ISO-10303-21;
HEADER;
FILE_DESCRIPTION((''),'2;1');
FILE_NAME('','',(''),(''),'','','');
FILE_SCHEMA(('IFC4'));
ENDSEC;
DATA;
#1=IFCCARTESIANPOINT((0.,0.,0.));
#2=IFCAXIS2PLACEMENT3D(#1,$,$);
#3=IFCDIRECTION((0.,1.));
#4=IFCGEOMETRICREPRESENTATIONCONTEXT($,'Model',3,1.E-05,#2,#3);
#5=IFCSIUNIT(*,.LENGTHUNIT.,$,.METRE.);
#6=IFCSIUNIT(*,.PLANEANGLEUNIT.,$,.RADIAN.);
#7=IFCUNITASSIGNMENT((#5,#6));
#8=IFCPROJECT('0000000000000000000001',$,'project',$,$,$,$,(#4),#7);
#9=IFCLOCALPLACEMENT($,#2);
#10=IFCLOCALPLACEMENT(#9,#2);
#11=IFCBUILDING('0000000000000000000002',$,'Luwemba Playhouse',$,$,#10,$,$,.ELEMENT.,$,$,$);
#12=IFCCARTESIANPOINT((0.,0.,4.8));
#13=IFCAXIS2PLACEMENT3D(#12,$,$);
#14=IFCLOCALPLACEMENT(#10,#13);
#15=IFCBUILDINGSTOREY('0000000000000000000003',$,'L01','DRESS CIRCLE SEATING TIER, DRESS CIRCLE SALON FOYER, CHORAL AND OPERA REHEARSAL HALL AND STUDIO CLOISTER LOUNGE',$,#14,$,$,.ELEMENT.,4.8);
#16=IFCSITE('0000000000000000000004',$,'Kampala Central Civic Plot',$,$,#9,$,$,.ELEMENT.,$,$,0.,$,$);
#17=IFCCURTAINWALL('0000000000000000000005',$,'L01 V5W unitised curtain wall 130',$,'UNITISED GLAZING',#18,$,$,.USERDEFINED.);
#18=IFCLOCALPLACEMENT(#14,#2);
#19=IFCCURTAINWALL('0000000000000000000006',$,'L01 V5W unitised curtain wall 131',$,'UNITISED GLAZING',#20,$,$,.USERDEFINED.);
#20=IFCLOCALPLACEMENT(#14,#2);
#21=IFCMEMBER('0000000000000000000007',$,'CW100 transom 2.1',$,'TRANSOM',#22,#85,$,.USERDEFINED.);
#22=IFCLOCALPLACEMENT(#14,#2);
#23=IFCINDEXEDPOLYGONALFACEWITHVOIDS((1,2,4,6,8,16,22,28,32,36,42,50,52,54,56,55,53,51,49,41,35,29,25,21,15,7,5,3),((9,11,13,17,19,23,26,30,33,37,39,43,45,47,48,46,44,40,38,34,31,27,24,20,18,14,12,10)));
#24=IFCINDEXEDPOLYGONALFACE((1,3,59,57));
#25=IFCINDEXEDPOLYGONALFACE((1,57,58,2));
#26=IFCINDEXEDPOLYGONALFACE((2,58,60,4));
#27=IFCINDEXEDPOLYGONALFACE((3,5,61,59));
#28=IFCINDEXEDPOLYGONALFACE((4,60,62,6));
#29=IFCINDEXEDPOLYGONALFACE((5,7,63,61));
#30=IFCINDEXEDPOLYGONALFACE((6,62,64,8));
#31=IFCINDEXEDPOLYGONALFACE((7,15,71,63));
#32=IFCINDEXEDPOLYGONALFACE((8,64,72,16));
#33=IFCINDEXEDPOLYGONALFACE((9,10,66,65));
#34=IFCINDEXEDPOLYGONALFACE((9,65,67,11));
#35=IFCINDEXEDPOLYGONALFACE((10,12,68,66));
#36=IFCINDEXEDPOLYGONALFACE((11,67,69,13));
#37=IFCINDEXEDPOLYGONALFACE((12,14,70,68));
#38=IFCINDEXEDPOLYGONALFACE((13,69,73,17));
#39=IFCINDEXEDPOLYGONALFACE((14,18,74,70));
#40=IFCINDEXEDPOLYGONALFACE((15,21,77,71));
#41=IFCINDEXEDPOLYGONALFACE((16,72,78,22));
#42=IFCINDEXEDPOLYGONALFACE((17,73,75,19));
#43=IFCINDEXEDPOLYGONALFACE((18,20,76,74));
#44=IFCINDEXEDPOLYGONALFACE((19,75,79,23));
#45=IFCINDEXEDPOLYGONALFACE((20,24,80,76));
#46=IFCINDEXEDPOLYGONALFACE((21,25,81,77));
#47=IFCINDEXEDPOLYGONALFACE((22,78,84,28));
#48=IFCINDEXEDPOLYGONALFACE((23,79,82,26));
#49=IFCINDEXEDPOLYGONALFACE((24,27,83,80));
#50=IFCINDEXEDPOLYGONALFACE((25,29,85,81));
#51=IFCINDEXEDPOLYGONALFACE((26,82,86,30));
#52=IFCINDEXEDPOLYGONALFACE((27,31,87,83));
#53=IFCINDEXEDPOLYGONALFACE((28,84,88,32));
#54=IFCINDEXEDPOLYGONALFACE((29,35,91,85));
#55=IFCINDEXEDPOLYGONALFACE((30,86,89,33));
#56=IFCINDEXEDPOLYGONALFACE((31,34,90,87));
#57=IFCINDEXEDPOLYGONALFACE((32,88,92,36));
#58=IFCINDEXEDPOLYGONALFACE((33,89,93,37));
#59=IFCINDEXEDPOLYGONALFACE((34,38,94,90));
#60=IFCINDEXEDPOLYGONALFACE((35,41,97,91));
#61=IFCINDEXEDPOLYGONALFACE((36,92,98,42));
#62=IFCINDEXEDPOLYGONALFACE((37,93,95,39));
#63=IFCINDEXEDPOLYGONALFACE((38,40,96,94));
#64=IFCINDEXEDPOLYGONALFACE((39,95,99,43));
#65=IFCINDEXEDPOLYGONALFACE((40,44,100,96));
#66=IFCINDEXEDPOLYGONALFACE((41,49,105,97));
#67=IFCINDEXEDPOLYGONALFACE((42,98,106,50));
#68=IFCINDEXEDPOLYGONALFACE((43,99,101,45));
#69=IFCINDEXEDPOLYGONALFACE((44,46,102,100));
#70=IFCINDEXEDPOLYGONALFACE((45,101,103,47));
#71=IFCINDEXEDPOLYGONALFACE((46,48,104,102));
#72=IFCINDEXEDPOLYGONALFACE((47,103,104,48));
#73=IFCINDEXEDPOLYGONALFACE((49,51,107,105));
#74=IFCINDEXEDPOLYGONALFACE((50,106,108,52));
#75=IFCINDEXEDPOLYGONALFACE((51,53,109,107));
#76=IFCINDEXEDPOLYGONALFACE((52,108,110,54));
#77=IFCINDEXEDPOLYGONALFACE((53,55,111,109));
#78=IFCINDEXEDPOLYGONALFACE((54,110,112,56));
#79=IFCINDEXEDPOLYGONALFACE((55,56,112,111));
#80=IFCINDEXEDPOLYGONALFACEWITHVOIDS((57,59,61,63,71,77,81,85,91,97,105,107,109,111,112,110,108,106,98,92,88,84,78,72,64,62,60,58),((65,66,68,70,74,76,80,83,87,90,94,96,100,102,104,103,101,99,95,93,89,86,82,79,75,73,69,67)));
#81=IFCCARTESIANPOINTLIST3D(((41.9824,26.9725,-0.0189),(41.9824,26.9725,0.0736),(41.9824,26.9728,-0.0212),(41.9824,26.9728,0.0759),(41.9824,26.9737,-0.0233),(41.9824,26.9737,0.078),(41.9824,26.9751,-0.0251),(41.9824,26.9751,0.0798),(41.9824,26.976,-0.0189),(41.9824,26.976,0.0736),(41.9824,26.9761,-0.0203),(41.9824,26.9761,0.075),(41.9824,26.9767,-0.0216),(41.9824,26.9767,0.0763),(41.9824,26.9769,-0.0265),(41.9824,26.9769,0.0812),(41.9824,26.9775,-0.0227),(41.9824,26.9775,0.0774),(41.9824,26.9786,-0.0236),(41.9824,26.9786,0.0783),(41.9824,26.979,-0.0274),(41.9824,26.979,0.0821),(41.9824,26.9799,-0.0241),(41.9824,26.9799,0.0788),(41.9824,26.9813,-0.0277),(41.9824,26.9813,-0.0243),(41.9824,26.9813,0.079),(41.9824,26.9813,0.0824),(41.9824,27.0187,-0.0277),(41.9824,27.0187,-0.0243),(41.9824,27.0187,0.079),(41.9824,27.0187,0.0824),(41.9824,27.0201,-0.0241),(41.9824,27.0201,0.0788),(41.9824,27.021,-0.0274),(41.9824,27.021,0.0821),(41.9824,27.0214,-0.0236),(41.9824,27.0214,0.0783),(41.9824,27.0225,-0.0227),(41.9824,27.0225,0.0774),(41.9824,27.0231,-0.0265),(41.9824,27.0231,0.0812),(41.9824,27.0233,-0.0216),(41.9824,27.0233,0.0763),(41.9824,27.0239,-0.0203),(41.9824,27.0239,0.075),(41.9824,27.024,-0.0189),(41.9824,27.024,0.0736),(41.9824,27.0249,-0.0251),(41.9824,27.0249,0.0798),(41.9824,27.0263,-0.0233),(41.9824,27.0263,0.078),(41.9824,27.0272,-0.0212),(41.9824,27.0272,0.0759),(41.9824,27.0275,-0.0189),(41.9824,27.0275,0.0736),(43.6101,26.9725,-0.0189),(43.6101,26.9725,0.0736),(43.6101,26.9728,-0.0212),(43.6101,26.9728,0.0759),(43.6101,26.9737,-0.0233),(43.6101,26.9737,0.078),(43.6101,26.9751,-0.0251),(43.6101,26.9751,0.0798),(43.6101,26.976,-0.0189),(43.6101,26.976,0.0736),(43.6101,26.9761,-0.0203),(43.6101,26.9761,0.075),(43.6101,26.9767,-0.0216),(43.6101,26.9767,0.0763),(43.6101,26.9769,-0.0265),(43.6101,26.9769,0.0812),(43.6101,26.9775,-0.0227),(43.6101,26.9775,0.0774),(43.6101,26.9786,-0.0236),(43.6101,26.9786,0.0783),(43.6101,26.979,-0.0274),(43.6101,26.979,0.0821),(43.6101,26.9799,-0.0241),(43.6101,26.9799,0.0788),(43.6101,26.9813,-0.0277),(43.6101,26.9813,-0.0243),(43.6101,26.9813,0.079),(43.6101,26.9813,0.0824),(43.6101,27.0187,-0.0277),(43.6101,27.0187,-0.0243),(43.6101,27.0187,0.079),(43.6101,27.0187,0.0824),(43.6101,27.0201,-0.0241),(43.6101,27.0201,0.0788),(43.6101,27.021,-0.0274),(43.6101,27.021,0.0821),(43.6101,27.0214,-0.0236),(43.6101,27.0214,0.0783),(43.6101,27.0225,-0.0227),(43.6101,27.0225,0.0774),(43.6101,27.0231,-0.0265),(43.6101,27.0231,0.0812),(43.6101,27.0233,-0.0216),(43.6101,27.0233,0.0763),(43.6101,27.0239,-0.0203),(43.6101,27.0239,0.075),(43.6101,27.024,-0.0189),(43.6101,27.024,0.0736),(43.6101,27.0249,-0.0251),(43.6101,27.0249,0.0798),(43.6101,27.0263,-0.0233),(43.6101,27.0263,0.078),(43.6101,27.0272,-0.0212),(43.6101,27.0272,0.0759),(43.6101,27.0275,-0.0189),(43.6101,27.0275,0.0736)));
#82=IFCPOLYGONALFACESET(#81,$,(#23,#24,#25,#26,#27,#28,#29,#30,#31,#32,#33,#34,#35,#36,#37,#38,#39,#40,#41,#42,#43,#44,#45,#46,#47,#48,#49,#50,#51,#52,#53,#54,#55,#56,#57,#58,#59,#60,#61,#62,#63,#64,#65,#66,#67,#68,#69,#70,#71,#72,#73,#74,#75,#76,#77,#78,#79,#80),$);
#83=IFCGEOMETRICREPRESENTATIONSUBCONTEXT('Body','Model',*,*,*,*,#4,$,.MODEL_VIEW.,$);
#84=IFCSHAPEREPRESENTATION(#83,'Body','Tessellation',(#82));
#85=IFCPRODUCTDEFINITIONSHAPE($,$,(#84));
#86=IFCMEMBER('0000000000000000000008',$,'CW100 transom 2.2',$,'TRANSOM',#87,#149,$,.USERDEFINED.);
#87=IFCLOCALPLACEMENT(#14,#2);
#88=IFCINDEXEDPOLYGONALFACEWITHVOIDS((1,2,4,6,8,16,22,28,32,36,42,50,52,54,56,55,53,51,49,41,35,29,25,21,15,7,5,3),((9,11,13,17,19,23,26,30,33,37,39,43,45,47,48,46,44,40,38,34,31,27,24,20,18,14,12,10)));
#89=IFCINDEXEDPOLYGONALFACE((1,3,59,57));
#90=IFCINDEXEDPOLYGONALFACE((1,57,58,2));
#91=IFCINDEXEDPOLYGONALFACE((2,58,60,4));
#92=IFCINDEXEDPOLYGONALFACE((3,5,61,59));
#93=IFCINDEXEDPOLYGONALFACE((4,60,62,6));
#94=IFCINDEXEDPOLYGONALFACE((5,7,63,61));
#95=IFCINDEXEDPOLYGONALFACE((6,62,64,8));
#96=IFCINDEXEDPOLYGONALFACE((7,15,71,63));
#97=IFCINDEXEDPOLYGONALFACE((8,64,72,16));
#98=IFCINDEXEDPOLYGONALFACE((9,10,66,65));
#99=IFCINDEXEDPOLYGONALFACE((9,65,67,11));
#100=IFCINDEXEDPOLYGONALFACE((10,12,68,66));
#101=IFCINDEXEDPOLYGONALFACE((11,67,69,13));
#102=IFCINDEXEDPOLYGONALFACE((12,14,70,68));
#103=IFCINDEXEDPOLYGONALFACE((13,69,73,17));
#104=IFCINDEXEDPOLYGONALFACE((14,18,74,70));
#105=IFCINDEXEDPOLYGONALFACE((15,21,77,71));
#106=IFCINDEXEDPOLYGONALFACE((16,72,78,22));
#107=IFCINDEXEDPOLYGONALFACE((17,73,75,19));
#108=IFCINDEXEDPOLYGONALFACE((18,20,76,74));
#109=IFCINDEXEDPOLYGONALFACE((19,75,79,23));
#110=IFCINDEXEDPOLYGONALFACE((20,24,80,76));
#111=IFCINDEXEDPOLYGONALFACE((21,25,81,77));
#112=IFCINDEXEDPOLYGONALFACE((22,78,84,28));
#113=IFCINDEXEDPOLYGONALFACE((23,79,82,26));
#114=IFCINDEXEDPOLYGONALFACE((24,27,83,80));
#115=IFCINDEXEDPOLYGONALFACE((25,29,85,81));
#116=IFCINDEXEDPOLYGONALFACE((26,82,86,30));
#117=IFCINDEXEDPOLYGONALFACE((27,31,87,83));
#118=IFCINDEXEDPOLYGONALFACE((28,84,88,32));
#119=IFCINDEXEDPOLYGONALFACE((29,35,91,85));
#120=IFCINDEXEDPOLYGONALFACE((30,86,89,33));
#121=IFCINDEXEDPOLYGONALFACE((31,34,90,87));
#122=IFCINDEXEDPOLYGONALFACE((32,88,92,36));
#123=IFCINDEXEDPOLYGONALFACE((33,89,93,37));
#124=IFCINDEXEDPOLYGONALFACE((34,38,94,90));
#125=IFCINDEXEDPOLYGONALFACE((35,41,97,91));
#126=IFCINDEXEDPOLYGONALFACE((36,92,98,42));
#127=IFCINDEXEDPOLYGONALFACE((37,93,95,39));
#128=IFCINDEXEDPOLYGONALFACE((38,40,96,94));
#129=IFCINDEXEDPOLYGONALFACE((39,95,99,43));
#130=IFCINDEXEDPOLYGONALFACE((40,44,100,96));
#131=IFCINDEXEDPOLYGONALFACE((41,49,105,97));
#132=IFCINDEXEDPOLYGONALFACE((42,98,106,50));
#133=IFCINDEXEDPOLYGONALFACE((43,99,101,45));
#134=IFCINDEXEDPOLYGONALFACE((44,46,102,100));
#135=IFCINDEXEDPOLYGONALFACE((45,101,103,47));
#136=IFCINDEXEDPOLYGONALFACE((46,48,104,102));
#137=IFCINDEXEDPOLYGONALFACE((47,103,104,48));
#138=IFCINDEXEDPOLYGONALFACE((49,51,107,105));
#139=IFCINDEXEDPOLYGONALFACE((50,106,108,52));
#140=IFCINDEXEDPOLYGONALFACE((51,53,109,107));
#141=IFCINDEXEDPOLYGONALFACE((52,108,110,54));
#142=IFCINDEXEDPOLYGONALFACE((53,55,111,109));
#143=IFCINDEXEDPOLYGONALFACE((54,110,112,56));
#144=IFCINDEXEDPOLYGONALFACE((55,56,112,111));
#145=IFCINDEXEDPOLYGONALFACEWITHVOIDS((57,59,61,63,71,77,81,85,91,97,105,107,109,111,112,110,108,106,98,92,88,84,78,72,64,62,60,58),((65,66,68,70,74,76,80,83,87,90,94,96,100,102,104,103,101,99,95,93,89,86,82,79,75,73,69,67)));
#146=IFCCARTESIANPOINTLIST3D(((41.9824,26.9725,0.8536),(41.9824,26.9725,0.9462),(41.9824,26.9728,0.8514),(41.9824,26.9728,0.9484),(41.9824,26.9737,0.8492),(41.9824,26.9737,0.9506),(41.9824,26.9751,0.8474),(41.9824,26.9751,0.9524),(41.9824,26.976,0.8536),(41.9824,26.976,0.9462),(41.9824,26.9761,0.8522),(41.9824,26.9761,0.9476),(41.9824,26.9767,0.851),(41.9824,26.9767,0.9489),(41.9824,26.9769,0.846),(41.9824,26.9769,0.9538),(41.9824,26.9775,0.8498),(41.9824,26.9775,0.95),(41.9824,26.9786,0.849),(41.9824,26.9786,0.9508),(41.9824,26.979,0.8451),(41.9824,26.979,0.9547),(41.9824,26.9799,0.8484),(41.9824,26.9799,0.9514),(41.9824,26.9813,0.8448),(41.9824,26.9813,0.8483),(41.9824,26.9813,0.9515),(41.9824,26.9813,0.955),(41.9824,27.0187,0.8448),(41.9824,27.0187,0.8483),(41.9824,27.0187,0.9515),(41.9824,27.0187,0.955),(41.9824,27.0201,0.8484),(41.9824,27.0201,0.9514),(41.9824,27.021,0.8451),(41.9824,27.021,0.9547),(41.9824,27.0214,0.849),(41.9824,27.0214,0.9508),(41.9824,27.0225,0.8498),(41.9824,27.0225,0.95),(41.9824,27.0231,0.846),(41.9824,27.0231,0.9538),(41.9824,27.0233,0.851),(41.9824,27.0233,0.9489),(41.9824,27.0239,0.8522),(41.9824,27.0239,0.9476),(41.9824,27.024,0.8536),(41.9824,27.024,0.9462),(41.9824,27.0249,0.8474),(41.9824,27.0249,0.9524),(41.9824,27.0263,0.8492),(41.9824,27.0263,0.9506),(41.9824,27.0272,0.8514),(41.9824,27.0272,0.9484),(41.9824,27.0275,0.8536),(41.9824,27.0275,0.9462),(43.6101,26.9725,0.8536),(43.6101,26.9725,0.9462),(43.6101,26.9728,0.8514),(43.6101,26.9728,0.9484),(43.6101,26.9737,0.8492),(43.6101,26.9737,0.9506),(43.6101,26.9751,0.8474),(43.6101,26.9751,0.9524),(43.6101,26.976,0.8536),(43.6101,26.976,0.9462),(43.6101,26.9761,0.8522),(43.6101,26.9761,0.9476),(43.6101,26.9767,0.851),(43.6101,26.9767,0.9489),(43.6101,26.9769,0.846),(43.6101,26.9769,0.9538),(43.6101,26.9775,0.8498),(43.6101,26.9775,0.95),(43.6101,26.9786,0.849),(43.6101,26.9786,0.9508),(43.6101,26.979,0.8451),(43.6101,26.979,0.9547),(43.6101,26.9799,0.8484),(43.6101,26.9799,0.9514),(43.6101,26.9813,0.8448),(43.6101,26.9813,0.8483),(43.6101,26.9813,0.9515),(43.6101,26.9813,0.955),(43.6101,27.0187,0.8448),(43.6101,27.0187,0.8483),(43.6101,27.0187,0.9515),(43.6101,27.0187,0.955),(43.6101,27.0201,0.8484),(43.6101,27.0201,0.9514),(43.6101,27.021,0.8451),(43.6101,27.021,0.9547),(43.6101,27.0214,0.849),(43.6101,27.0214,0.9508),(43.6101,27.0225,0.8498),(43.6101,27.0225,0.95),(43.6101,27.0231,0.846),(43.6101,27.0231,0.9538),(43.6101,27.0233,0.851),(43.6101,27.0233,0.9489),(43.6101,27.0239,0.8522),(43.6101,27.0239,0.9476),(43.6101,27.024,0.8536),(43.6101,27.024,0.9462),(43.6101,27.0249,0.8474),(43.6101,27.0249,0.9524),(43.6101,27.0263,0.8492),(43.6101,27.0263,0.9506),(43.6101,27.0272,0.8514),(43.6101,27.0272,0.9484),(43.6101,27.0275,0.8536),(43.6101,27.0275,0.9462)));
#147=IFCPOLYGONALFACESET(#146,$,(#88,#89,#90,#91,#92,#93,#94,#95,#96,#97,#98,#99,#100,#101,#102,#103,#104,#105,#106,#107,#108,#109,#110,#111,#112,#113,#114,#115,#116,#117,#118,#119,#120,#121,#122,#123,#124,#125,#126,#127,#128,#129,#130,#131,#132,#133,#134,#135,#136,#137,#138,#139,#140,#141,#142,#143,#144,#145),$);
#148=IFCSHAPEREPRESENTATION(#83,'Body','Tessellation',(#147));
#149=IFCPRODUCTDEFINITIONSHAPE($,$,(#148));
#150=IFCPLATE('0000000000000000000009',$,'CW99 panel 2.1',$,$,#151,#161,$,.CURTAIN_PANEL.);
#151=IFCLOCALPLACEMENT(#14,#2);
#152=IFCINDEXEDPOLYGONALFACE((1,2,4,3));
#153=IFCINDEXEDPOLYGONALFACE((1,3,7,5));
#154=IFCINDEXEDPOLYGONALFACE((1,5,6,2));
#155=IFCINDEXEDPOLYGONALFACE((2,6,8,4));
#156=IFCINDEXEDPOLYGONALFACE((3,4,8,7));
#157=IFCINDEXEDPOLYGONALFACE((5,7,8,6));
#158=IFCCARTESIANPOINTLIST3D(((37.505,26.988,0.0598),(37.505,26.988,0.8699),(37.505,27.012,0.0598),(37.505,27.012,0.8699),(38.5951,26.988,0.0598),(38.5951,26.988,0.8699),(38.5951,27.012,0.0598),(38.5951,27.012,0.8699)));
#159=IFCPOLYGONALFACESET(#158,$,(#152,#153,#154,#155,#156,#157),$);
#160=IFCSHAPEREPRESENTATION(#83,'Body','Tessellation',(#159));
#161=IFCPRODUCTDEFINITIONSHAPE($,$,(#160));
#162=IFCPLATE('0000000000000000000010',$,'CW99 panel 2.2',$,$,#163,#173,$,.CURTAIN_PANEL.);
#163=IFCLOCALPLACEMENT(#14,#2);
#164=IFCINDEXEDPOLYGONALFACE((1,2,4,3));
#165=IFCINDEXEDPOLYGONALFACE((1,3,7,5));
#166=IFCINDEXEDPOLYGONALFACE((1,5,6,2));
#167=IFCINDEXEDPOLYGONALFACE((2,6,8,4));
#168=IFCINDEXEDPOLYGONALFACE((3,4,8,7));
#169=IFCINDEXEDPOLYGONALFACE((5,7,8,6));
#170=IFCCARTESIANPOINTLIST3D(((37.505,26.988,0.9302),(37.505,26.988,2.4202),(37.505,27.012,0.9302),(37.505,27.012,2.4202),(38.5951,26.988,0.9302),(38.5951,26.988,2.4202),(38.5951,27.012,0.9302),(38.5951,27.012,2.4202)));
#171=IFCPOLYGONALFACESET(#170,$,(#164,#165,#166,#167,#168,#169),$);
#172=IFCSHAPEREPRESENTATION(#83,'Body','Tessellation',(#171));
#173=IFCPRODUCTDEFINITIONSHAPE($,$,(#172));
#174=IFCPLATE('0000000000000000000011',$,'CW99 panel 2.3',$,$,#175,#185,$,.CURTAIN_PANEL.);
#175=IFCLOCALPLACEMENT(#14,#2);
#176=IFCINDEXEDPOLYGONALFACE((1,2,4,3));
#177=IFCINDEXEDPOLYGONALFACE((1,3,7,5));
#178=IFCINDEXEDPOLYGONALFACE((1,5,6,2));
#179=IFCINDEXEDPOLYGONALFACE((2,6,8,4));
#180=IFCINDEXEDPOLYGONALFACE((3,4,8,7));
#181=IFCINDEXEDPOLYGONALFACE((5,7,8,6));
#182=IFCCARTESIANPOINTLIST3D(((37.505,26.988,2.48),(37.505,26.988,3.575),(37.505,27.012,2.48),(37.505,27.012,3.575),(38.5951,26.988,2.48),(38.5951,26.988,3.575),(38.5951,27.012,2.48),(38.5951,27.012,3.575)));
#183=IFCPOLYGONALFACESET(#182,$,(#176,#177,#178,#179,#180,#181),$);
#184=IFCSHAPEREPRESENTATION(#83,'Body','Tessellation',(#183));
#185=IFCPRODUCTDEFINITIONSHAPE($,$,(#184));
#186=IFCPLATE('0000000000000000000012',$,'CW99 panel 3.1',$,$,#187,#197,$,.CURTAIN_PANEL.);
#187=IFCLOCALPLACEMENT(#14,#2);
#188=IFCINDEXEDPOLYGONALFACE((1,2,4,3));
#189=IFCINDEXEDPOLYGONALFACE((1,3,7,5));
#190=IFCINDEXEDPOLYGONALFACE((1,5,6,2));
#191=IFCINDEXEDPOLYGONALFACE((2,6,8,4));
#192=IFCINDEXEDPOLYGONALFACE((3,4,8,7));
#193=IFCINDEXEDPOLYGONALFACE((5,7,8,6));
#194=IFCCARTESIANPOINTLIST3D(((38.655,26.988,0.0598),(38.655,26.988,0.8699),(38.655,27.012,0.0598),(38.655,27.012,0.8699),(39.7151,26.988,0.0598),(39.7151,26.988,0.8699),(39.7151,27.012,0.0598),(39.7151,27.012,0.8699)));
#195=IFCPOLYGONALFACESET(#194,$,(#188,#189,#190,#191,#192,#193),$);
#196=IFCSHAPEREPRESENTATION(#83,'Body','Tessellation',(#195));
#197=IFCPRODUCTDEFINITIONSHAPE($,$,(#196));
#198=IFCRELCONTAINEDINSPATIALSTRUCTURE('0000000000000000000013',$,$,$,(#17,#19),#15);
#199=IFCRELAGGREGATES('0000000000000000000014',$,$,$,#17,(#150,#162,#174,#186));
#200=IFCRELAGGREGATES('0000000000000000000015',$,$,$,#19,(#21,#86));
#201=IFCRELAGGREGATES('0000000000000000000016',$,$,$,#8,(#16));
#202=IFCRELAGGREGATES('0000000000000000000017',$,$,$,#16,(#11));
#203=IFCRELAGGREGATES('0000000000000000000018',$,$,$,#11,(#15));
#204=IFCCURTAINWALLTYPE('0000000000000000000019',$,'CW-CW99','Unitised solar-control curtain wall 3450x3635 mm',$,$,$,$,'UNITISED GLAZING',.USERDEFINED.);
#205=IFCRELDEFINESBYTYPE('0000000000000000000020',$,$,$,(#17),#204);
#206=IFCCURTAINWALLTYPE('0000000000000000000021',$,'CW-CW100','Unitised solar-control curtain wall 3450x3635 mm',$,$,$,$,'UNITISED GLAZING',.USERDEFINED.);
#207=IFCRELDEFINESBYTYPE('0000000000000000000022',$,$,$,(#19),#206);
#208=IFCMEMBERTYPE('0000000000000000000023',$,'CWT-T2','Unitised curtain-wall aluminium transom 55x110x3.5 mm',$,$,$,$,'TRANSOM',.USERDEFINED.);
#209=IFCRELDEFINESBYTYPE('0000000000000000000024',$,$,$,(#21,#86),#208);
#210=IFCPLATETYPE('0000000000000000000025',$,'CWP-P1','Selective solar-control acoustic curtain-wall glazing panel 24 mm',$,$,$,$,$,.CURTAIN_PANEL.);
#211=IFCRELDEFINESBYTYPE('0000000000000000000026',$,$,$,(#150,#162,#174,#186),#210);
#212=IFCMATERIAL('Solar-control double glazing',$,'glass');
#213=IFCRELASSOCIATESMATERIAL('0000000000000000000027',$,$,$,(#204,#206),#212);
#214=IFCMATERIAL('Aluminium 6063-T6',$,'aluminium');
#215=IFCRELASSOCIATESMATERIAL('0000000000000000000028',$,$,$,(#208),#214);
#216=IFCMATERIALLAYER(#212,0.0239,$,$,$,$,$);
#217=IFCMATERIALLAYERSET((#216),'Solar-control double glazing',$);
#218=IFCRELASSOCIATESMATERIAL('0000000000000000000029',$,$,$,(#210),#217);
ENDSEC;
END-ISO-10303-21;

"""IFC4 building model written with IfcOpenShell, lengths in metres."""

from ifc_helpers import new_model, si_unit, direction, frame, origin, origin_2d, place, context, subcontext, project, spatial, rectangle, hollow_rectangle, extrude, material, layer, layer_set, material_profile, profile_set, type_object, element, aggregate, save


model = new_model("IFC4")

# Units and contexts
model_context = context("Model", 3, precision=1e-05, world=origin(), true_north=direction((0.0, 1.0)))
body_context = subcontext(model_context, "Body", "Model", "MODEL_VIEW")
ifc_project = project(units=[si_unit("LENGTHUNIT", "METRE"), si_unit("PLANEANGLEUNIT", "RADIAN")], contexts=[model_context])

# Site, building, storey
site_placement = place(None, origin())
site = spatial("IfcSite", under=ifc_project, at=site_placement, Name="Kampala Central Civic Plot", CompositionType="ELEMENT", RefElevation=0.0)
building_placement = place(site_placement, origin())
building = spatial("IfcBuilding", under=site, at=building_placement, Name="Luwemba Playhouse", CompositionType="ELEMENT")
storey_placement = place(building_placement, frame((0.0, 0.0, 4.8)))
storey = spatial("IfcBuildingStorey", under=building, at=storey_placement, Name="L01", Description="DRESS CIRCLE SEATING TIER, DRESS CIRCLE SALON FOYER, CHORAL AND OPERA REHEARSAL HALL AND STUDIO CLOISTER LOUNGE", CompositionType="ELEMENT", Elevation=4.8)

# Curtain walls
ifc_material_1 = material(Name="Solar-control double glazing", Category="glass")
curtain_wall_type_1 = type_object("IfcCurtainWallType", Name="CW-CW99", Description="Unitised solar-control curtain wall 3450x3635 mm", ElementType="UNITISED GLAZING", PredefinedType="USERDEFINED", material=ifc_material_1)
curtain_wall_1_placement = place(storey_placement, origin())
curtain_wall_1 = element("IfcCurtainWall", 1, at=curtain_wall_1_placement, inside=storey, type_object=curtain_wall_type_1, Name="L01 V5W unitised curtain wall 130", ObjectType="UNITISED GLAZING", PredefinedType="USERDEFINED")
ifc_material_2 = material(Name="Aluminium 6063-T6", Category="aluminium")
curtain_wall_type_2 = type_object("IfcCurtainWallType", Name="CW-CW100", Description="Unitised solar-control curtain wall 3450x3635 mm", ElementType="UNITISED GLAZING", PredefinedType="USERDEFINED", material=ifc_material_1)
curtain_wall_2_placement = place(storey_placement, origin())
curtain_wall_2 = element("IfcCurtainWall", 2, at=curtain_wall_2_placement, inside=storey, type_object=curtain_wall_type_2, Name="L01 V5W unitised curtain wall 131", ObjectType="UNITISED GLAZING", PredefinedType="USERDEFINED")

# Members
ifc_material_profile_1 = material_profile(ifc_material_2, hollow_rectangle(XDim=0.0549, YDim=0.1101, WallThickness=0.0034, InnerFilletRadius=0.0054, OuterFilletRadius=0.0088, at=origin_2d()))
ifc_profile_set_1 = profile_set([ifc_material_profile_1], Name="Aluminium 6063-T6")
member_type_1 = type_object("IfcMemberType", Name="CWT-T2", Description="Unitised curtain-wall aluminium transom 55x110x3.5 mm", ElementType="TRANSOM", PredefinedType="USERDEFINED", material=ifc_profile_set_1)
member_1_placement = place(storey_placement, frame((41.9824, 27.0, 0.0273), z_axis=(1.0, 0.0, 0.0), x_axis=(0.0, 1.0, 0.0)))
member_1 = element("IfcMember", 3, at=member_1_placement, type_object=member_type_1, Name="CW100 transom 2.1", ObjectType="TRANSOM", PredefinedType="USERDEFINED", context=body_context, shape_type="SweptSolid", body=[
    extrude(hollow_rectangle(XDim=0.0549, YDim=0.1101, WallThickness=0.0034, InnerFilletRadius=0.0054, OuterFilletRadius=0.0088, at=origin_2d()), origin(), (0.0, 0.0, 1.0), 1.6277),
])
member_2_placement = place(storey_placement, frame((41.9824, 27.0, 0.8999), z_axis=(1.0, 0.0, 0.0), x_axis=(0.0, 1.0, 0.0)))
member_2 = element("IfcMember", 4, at=member_2_placement, type_object=member_type_1, Name="CW100 transom 2.2", ObjectType="TRANSOM", PredefinedType="USERDEFINED", context=body_context, shape_type="SweptSolid", body=[
    extrude(hollow_rectangle(XDim=0.0549, YDim=0.1101, WallThickness=0.0034, InnerFilletRadius=0.0054, OuterFilletRadius=0.0088, at=origin_2d()), origin(), (0.0, 0.0, 1.0), 1.6277),
])

# Plates
ifc_layer_1 = layer(ifc_material_1, 0.0239)
ifc_layer_set_1 = layer_set([ifc_layer_1], Name="Solar-control double glazing")
plate_type_1 = type_object("IfcPlateType", Name="CWP-P1", Description="Selective solar-control acoustic curtain-wall glazing panel 24 mm", PredefinedType="CURTAIN_PANEL", material=ifc_layer_set_1)
plate_1_placement = place(storey_placement, frame((38.05, 27.0, 0.0598), z_axis=(0.0, 0.0, 1.0), x_axis=(1.0, 0.0, 0.0)))
plate_1 = element("IfcPlate", 5, at=plate_1_placement, type_object=plate_type_1, Name="CW99 panel 2.1", PredefinedType="CURTAIN_PANEL", context=body_context, shape_type="SweptSolid", body=[
    extrude(rectangle(XDim=1.0901, YDim=0.0239, at=origin_2d()), origin(), (0.0, 0.0, 1.0), 0.8101),
])
plate_2_placement = place(storey_placement, frame((38.05, 27.0, 0.9302), z_axis=(0.0, 0.0, 1.0), x_axis=(1.0, 0.0, 0.0)))
plate_2 = element("IfcPlate", 6, at=plate_2_placement, type_object=plate_type_1, Name="CW99 panel 2.2", PredefinedType="CURTAIN_PANEL", context=body_context, shape_type="SweptSolid", body=[
    extrude(rectangle(XDim=1.0901, YDim=0.0239, at=origin_2d()), origin(), (0.0, 0.0, 1.0), 1.49),
])
plate_3_placement = place(storey_placement, frame((38.05, 27.0, 2.48), z_axis=(0.0, 0.0, 1.0), x_axis=(1.0, 0.0, 0.0)))
plate_3 = element("IfcPlate", 7, at=plate_3_placement, type_object=plate_type_1, Name="CW99 panel 2.3", PredefinedType="CURTAIN_PANEL", context=body_context, shape_type="SweptSolid", body=[
    extrude(rectangle(XDim=1.0901, YDim=0.0239, at=origin_2d()), origin(), (0.0, 0.0, 1.0), 1.095),
])
plate_4_placement = place(storey_placement, frame((39.1851, 27.0, 0.0598), z_axis=(0.0, 0.0, 1.0), x_axis=(1.0, 0.0, 0.0)))
plate_4 = element("IfcPlate", 8, at=plate_4_placement, type_object=plate_type_1, Name="CW99 panel 3.1", PredefinedType="CURTAIN_PANEL", context=body_context, shape_type="SweptSolid", body=[
    extrude(rectangle(XDim=1.0601, YDim=0.0239, at=origin_2d()), origin(), (0.0, 0.0, 1.0), 0.8101),
])
aggregate(curtain_wall_1, [plate_1, plate_2, plate_3, plate_4])
aggregate(curtain_wall_2, [member_1, member_2])

save(model, "model.ifc")
